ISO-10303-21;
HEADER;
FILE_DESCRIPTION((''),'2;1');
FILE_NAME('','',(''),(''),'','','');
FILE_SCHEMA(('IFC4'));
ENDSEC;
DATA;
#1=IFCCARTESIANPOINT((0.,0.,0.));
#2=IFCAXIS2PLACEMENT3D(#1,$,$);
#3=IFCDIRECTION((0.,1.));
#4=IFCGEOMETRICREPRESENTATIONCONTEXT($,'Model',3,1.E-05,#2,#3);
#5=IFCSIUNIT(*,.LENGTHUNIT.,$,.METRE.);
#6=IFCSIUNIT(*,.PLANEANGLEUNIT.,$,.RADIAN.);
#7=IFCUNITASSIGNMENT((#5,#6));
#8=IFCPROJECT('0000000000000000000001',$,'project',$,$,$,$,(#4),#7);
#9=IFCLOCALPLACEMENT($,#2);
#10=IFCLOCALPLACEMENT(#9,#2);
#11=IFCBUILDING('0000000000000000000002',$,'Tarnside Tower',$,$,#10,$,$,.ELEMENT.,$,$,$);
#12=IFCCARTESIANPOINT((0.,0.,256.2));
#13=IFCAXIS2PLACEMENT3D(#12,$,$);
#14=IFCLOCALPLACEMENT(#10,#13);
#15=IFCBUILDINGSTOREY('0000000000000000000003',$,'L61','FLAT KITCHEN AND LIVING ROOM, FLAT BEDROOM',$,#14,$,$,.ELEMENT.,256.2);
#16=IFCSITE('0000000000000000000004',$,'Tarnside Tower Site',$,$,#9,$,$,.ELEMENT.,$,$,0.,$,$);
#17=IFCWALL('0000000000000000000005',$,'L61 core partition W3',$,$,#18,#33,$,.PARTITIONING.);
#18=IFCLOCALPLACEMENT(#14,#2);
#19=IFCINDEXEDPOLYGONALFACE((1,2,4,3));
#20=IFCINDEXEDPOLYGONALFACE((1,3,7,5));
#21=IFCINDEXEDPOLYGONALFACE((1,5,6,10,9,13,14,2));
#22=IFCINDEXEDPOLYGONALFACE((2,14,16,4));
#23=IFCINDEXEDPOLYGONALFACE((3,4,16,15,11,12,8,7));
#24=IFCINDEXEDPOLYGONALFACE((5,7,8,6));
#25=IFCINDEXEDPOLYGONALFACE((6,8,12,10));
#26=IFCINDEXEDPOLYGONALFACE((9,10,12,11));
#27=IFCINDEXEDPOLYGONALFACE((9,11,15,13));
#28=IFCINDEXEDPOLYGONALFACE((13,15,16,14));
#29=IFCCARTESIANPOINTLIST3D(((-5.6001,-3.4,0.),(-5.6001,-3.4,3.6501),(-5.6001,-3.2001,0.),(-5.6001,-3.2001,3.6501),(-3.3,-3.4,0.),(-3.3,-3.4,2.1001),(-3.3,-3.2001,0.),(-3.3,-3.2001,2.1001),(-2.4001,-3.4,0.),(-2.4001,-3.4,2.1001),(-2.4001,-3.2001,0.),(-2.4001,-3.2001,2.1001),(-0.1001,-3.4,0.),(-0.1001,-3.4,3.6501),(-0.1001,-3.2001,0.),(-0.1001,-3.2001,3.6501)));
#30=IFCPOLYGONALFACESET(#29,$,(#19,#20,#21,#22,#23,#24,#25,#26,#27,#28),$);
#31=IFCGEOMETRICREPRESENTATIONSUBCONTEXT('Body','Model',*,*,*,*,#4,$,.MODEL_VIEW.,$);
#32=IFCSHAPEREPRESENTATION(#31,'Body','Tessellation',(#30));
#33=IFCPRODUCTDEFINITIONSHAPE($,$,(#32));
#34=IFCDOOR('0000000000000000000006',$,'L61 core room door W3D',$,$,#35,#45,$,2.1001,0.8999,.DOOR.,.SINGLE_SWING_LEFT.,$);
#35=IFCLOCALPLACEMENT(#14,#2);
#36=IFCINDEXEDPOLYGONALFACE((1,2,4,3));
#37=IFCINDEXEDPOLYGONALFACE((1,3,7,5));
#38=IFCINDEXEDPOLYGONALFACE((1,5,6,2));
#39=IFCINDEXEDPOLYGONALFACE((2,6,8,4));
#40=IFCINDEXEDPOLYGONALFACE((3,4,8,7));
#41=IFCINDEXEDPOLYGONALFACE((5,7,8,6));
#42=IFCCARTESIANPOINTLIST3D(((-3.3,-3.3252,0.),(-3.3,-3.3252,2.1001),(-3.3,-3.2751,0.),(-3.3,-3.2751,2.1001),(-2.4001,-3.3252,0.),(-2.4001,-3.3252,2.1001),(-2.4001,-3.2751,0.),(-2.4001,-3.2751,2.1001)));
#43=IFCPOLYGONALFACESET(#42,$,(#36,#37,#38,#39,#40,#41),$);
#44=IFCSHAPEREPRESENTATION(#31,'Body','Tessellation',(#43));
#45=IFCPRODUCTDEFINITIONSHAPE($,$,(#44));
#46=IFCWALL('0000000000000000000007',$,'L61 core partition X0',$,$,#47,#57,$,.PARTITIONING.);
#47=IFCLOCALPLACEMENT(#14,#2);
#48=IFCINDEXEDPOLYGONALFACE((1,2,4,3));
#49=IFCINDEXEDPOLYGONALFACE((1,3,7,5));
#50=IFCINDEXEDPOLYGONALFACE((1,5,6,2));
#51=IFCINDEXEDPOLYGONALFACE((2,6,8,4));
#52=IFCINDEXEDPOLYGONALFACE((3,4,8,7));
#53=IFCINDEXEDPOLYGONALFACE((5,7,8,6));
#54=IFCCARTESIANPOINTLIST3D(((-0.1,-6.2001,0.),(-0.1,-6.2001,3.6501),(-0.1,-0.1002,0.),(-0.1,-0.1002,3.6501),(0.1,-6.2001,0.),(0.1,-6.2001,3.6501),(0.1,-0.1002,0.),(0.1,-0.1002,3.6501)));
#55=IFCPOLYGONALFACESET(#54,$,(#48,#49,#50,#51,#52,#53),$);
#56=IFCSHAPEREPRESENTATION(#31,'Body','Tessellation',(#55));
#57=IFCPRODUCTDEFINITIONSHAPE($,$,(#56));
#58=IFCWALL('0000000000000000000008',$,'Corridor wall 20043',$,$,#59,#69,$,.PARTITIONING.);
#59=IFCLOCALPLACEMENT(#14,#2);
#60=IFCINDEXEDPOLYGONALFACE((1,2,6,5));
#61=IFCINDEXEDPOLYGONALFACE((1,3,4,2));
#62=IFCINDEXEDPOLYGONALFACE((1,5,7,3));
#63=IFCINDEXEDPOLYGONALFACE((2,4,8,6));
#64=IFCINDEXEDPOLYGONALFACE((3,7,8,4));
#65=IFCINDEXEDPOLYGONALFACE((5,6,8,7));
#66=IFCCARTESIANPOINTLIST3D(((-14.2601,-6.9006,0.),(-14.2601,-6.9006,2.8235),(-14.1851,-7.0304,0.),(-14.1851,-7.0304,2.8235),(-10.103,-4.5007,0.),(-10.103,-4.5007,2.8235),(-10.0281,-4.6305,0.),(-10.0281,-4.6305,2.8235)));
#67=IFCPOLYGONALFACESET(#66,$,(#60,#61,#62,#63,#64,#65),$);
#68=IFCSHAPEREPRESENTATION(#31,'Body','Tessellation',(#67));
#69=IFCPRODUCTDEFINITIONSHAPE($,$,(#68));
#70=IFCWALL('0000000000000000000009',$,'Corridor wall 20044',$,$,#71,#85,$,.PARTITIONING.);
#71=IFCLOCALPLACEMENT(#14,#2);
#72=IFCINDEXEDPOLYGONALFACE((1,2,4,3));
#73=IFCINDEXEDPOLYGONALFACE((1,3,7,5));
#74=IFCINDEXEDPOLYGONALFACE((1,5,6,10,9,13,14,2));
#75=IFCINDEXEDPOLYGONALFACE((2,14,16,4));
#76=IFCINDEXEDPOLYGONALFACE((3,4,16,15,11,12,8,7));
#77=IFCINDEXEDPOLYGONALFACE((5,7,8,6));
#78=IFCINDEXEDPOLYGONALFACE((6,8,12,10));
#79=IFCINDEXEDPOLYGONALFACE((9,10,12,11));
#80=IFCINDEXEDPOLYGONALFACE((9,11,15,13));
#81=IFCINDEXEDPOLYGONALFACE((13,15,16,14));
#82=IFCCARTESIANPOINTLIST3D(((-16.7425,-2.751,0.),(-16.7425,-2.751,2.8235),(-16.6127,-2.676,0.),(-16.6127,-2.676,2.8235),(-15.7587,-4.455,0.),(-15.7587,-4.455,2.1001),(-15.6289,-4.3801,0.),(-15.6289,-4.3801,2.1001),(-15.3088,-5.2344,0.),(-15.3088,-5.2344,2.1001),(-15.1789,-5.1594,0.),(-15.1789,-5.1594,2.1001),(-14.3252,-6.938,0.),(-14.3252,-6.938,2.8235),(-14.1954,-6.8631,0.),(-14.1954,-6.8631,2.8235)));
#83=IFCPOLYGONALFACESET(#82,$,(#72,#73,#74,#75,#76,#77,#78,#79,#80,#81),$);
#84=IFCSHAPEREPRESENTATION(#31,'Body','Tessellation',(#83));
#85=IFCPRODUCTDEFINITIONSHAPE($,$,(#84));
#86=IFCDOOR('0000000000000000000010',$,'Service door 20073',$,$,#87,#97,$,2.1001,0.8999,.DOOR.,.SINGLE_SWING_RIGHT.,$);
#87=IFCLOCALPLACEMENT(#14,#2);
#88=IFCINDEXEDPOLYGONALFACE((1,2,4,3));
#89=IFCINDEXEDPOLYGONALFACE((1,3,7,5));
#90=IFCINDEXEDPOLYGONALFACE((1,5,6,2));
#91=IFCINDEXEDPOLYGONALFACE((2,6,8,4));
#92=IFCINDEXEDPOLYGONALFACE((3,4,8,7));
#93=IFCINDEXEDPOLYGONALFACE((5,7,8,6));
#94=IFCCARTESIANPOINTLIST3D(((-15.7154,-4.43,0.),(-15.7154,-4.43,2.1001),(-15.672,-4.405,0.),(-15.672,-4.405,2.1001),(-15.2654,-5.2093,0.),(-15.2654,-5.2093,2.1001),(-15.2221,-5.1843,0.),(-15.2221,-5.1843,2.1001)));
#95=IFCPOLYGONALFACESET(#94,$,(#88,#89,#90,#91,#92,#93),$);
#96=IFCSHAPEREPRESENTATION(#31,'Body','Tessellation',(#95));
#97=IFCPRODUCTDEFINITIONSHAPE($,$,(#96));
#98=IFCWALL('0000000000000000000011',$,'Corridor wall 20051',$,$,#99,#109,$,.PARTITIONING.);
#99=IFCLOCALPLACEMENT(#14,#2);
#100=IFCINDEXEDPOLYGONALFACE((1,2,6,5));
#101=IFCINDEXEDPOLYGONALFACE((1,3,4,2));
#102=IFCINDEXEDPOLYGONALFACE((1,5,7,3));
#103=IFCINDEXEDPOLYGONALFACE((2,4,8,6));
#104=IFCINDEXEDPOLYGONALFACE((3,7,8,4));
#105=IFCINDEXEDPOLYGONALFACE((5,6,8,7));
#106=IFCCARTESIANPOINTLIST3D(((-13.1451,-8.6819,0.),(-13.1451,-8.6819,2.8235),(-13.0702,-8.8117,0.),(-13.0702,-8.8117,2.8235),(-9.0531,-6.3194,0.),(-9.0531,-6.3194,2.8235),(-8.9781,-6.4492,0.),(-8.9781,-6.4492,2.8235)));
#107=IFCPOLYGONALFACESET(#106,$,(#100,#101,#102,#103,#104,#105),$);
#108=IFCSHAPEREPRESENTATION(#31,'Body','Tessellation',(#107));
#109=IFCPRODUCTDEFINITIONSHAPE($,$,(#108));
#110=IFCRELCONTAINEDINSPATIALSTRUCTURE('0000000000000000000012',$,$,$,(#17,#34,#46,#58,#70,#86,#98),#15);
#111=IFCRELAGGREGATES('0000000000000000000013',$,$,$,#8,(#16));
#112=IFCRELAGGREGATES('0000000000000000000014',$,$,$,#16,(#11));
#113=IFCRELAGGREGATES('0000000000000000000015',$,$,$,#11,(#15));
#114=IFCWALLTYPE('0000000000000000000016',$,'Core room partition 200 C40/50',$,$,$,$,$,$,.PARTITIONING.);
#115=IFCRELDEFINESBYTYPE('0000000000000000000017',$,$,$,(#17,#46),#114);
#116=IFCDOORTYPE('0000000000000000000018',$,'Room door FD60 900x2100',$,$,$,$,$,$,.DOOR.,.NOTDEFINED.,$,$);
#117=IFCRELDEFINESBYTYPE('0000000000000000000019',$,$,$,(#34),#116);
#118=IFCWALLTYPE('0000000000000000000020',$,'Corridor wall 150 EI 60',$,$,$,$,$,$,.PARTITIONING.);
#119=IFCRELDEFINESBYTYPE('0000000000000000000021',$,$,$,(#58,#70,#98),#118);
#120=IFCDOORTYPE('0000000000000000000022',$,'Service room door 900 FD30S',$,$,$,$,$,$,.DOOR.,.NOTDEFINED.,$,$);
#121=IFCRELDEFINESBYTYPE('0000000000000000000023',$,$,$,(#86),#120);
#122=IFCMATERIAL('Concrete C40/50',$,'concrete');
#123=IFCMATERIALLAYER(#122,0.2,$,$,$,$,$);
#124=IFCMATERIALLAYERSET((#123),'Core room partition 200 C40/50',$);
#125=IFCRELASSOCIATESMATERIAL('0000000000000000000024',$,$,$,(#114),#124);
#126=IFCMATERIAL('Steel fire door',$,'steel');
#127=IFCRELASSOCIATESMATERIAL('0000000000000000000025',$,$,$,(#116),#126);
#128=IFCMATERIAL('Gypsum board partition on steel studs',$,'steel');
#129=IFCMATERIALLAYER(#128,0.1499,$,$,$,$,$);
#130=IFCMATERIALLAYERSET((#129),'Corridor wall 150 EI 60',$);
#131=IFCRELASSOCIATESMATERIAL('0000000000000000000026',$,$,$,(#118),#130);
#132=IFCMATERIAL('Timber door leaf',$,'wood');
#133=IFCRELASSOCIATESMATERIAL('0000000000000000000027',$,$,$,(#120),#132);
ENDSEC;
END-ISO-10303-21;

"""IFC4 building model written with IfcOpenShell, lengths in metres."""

from ifc_helpers import new_model, si_unit, direction, frame, frame_2d, origin, place, context, subcontext, project, spatial, rectangle, extrude, material, layer, layer_set, type_object, element, fill, save


model = new_model("IFC4")

# Units and contexts
model_context = context("Model", 3, precision=1e-05, world=origin(), true_north=direction((0.0, 1.0)))
body_context = subcontext(model_context, "Body", "Model", "MODEL_VIEW")
ifc_project = project(units=[si_unit("LENGTHUNIT", "METRE"), si_unit("PLANEANGLEUNIT", "RADIAN")], contexts=[model_context])

# Site, building, storey
site_placement = place(None, origin())
site = spatial("IfcSite", under=ifc_project, at=site_placement, Name="Tarnside Tower Site", CompositionType="ELEMENT", RefElevation=0.0)
building_placement = place(site_placement, origin())
building = spatial("IfcBuilding", under=site, at=building_placement, Name="Tarnside Tower", CompositionType="ELEMENT")
storey_placement = place(building_placement, frame((0.0, 0.0, 256.2)))
storey = spatial("IfcBuildingStorey", under=building, at=storey_placement, Name="L61", Description="FLAT KITCHEN AND LIVING ROOM, FLAT BEDROOM", CompositionType="ELEMENT", Elevation=256.2)

# Wall, opening, door
ifc_material_1 = material(Name="Concrete C40/50", Category="concrete")
ifc_layer_1 = layer(ifc_material_1, 0.2)
ifc_layer_set_1 = layer_set([ifc_layer_1], Name="Core room partition 200 C40/50")
wall_type_1 = type_object("IfcWallType", Name="Core room partition 200 C40/50", PredefinedType="PARTITIONING", material=ifc_layer_set_1)
wall_1_placement = place(storey_placement, frame((-5.6001, -3.3, 0.0), z_axis=(0.0, 0.0, 1.0), x_axis=(1.0, 0.0, 0.0)))
wall_1 = element("IfcWall", 1, at=wall_1_placement, inside=storey, type_object=wall_type_1, Name="L61 core partition W3", PredefinedType="PARTITIONING", context=body_context, shape_type="SweptSolid", body=[
    extrude(rectangle(XDim=5.5, YDim=0.2, at=frame_2d((2.75, 0.0))), origin(), (0.0, 0.0, 1.0), 3.6501),
])
opening_1_placement = place(wall_1_placement, frame((2.3, 0.0, 0.0)))
opening_1 = element("IfcOpeningElement", 2, at=opening_1_placement, cuts=wall_1, PredefinedType="OPENING", context=body_context, shape_type="SweptSolid", body=[
    extrude(rectangle(XDim=0.8999, YDim=2.1001, at=frame_2d((0.45, 1.05))), frame((0.0, 0.1099, 0.0), z_axis=(0.0, -1.0, 0.0), x_axis=(1.0, 0.0, 0.0)), (0.0, 0.0, 1.0), 0.22),
])
ifc_material_2 = material(Name="Steel fire door", Category="steel")
door_type_1 = type_object("IfcDoorType", Name="Room door FD60 900x2100", OperationType="NOTDEFINED", PredefinedType="DOOR", material=ifc_material_2)
door_1_placement = place(opening_1_placement, origin())
door_1 = element("IfcDoor", 3, at=door_1_placement, inside=storey, type_object=door_type_1, Name="L61 core room door W3D", OperationType="SINGLE_SWING_LEFT", OverallHeight=2.1001, OverallWidth=0.8999, PredefinedType="DOOR", context=body_context, shape_type="SweptSolid", body=[
    extrude(rectangle(XDim=0.8999, YDim=2.1001, at=frame_2d((0.45, 1.05))), frame((0.0, 0.0249, 0.0), z_axis=(0.0, -1.0, 0.0), x_axis=(1.0, 0.0, 0.0)), (0.0, 0.0, 1.0), 0.05),
])
fill(opening_1, door_1)

# Walls
wall_2_placement = place(storey_placement, frame((0.0, -6.2, 0.0), z_axis=(0.0, 0.0, 1.0), x_axis=(0.0, 1.0, 0.0)))
element("IfcWall", 4, at=wall_2_placement, inside=storey, type_object=wall_type_1, Name="L61 core partition X0", PredefinedType="PARTITIONING", context=body_context, shape_type="SweptSolid", body=[
    extrude(rectangle(XDim=6.0999, YDim=0.2, at=frame_2d((3.0498, 0.0))), origin(), (0.0, 0.0, 1.0), 3.6501),
])
ifc_material_3 = material(Name="Gypsum board partition on steel studs", Category="steel")
ifc_layer_2 = layer(ifc_material_3, 0.1499)
ifc_layer_set_2 = layer_set([ifc_layer_2], Name="Corridor wall 150 EI 60")
wall_type_2 = type_object("IfcWallType", Name="Corridor wall 150 EI 60", PredefinedType="PARTITIONING", material=ifc_layer_set_2)
wall_3_placement = place(storey_placement, frame((-10.0657, -4.5657, 0.0), z_axis=(0.0, 0.0, 1.0), x_axis=(-0.866037, -0.499979, 0.0)))
element("IfcWall", 5, at=wall_3_placement, inside=storey, type_object=wall_type_2, Name="Corridor wall 20043", PredefinedType="PARTITIONING", context=body_context, shape_type="SweptSolid", body=[
    extrude(rectangle(XDim=4.8, YDim=0.1499, at=frame_2d((2.3999, 0.0))), origin(), (0.0, 0.0, 1.0), 2.8235),
])

# Wall, opening, door
wall_4_placement = place(storey_placement, frame((-14.2603, -6.9006, 0.0), z_axis=(0.0, 0.0, 1.0), x_axis=(-0.499979, 0.866038, 0.0)))
wall_4 = element("IfcWall", 6, at=wall_4_placement, inside=storey, type_object=wall_type_2, Name="Corridor wall 20044", PredefinedType="PARTITIONING", context=body_context, shape_type="SweptSolid", body=[
    extrude(rectangle(XDim=4.8347, YDim=0.1499, at=frame_2d((2.4175, 0.0))), origin(), (0.0, 0.0, 1.0), 2.8235),
])
opening_2_placement = place(wall_4_placement, frame((1.9673, 0.0, 0.0)))
opening_2 = element("IfcOpeningElement", 7, at=opening_2_placement, cuts=wall_4, PredefinedType="OPENING", context=body_context, shape_type="SweptSolid", body=[
    extrude(rectangle(XDim=0.8999, YDim=2.1001, at=frame_2d((0.45, 1.05))), frame((0.0, 0.085, 0.0), z_axis=(0.0, -1.0, 0.0), x_axis=(1.0, 0.0, 0.0)), (0.0, 0.0, 1.0), 0.1699),
])
ifc_material_4 = material(Name="Timber door leaf", Category="wood")
door_type_2 = type_object("IfcDoorType", Name="Service room door 900 FD30S", OperationType="NOTDEFINED", PredefinedType="DOOR", material=ifc_material_4)
door_2_placement = place(opening_2_placement, origin())
door_2 = element("IfcDoor", 8, at=door_2_placement, inside=storey, type_object=door_type_2, Name="Service door 20073", OperationType="SINGLE_SWING_RIGHT", OverallHeight=2.1001, OverallWidth=0.8999, PredefinedType="DOOR", context=body_context, shape_type="SweptSolid", body=[
    extrude(rectangle(XDim=0.8999, YDim=2.1001, at=frame_2d((0.45, 1.05))), frame((0.0, 0.0249, 0.0), z_axis=(0.0, -1.0, 0.0), x_axis=(1.0, 0.0, 0.0)), (0.0, 0.0, 1.0), 0.05),
])
fill(opening_2, door_2)

# Wall
wall_5_placement = place(storey_placement, frame((-13.1077, -8.7468, 0.0), z_axis=(0.0, 0.0, 1.0), x_axis=(0.866025, 0.500001, 0.0)))
element("IfcWall", 9, at=wall_5_placement, inside=storey, type_object=wall_type_2, Name="Corridor wall 20051", PredefinedType="PARTITIONING", context=body_context, shape_type="SweptSolid", body=[
    extrude(rectangle(XDim=4.7251, YDim=0.1499, at=frame_2d((2.3625, 0.0))), origin(), (0.0, 0.0, 1.0), 2.8235),
])

save(model, "model.ifc")
